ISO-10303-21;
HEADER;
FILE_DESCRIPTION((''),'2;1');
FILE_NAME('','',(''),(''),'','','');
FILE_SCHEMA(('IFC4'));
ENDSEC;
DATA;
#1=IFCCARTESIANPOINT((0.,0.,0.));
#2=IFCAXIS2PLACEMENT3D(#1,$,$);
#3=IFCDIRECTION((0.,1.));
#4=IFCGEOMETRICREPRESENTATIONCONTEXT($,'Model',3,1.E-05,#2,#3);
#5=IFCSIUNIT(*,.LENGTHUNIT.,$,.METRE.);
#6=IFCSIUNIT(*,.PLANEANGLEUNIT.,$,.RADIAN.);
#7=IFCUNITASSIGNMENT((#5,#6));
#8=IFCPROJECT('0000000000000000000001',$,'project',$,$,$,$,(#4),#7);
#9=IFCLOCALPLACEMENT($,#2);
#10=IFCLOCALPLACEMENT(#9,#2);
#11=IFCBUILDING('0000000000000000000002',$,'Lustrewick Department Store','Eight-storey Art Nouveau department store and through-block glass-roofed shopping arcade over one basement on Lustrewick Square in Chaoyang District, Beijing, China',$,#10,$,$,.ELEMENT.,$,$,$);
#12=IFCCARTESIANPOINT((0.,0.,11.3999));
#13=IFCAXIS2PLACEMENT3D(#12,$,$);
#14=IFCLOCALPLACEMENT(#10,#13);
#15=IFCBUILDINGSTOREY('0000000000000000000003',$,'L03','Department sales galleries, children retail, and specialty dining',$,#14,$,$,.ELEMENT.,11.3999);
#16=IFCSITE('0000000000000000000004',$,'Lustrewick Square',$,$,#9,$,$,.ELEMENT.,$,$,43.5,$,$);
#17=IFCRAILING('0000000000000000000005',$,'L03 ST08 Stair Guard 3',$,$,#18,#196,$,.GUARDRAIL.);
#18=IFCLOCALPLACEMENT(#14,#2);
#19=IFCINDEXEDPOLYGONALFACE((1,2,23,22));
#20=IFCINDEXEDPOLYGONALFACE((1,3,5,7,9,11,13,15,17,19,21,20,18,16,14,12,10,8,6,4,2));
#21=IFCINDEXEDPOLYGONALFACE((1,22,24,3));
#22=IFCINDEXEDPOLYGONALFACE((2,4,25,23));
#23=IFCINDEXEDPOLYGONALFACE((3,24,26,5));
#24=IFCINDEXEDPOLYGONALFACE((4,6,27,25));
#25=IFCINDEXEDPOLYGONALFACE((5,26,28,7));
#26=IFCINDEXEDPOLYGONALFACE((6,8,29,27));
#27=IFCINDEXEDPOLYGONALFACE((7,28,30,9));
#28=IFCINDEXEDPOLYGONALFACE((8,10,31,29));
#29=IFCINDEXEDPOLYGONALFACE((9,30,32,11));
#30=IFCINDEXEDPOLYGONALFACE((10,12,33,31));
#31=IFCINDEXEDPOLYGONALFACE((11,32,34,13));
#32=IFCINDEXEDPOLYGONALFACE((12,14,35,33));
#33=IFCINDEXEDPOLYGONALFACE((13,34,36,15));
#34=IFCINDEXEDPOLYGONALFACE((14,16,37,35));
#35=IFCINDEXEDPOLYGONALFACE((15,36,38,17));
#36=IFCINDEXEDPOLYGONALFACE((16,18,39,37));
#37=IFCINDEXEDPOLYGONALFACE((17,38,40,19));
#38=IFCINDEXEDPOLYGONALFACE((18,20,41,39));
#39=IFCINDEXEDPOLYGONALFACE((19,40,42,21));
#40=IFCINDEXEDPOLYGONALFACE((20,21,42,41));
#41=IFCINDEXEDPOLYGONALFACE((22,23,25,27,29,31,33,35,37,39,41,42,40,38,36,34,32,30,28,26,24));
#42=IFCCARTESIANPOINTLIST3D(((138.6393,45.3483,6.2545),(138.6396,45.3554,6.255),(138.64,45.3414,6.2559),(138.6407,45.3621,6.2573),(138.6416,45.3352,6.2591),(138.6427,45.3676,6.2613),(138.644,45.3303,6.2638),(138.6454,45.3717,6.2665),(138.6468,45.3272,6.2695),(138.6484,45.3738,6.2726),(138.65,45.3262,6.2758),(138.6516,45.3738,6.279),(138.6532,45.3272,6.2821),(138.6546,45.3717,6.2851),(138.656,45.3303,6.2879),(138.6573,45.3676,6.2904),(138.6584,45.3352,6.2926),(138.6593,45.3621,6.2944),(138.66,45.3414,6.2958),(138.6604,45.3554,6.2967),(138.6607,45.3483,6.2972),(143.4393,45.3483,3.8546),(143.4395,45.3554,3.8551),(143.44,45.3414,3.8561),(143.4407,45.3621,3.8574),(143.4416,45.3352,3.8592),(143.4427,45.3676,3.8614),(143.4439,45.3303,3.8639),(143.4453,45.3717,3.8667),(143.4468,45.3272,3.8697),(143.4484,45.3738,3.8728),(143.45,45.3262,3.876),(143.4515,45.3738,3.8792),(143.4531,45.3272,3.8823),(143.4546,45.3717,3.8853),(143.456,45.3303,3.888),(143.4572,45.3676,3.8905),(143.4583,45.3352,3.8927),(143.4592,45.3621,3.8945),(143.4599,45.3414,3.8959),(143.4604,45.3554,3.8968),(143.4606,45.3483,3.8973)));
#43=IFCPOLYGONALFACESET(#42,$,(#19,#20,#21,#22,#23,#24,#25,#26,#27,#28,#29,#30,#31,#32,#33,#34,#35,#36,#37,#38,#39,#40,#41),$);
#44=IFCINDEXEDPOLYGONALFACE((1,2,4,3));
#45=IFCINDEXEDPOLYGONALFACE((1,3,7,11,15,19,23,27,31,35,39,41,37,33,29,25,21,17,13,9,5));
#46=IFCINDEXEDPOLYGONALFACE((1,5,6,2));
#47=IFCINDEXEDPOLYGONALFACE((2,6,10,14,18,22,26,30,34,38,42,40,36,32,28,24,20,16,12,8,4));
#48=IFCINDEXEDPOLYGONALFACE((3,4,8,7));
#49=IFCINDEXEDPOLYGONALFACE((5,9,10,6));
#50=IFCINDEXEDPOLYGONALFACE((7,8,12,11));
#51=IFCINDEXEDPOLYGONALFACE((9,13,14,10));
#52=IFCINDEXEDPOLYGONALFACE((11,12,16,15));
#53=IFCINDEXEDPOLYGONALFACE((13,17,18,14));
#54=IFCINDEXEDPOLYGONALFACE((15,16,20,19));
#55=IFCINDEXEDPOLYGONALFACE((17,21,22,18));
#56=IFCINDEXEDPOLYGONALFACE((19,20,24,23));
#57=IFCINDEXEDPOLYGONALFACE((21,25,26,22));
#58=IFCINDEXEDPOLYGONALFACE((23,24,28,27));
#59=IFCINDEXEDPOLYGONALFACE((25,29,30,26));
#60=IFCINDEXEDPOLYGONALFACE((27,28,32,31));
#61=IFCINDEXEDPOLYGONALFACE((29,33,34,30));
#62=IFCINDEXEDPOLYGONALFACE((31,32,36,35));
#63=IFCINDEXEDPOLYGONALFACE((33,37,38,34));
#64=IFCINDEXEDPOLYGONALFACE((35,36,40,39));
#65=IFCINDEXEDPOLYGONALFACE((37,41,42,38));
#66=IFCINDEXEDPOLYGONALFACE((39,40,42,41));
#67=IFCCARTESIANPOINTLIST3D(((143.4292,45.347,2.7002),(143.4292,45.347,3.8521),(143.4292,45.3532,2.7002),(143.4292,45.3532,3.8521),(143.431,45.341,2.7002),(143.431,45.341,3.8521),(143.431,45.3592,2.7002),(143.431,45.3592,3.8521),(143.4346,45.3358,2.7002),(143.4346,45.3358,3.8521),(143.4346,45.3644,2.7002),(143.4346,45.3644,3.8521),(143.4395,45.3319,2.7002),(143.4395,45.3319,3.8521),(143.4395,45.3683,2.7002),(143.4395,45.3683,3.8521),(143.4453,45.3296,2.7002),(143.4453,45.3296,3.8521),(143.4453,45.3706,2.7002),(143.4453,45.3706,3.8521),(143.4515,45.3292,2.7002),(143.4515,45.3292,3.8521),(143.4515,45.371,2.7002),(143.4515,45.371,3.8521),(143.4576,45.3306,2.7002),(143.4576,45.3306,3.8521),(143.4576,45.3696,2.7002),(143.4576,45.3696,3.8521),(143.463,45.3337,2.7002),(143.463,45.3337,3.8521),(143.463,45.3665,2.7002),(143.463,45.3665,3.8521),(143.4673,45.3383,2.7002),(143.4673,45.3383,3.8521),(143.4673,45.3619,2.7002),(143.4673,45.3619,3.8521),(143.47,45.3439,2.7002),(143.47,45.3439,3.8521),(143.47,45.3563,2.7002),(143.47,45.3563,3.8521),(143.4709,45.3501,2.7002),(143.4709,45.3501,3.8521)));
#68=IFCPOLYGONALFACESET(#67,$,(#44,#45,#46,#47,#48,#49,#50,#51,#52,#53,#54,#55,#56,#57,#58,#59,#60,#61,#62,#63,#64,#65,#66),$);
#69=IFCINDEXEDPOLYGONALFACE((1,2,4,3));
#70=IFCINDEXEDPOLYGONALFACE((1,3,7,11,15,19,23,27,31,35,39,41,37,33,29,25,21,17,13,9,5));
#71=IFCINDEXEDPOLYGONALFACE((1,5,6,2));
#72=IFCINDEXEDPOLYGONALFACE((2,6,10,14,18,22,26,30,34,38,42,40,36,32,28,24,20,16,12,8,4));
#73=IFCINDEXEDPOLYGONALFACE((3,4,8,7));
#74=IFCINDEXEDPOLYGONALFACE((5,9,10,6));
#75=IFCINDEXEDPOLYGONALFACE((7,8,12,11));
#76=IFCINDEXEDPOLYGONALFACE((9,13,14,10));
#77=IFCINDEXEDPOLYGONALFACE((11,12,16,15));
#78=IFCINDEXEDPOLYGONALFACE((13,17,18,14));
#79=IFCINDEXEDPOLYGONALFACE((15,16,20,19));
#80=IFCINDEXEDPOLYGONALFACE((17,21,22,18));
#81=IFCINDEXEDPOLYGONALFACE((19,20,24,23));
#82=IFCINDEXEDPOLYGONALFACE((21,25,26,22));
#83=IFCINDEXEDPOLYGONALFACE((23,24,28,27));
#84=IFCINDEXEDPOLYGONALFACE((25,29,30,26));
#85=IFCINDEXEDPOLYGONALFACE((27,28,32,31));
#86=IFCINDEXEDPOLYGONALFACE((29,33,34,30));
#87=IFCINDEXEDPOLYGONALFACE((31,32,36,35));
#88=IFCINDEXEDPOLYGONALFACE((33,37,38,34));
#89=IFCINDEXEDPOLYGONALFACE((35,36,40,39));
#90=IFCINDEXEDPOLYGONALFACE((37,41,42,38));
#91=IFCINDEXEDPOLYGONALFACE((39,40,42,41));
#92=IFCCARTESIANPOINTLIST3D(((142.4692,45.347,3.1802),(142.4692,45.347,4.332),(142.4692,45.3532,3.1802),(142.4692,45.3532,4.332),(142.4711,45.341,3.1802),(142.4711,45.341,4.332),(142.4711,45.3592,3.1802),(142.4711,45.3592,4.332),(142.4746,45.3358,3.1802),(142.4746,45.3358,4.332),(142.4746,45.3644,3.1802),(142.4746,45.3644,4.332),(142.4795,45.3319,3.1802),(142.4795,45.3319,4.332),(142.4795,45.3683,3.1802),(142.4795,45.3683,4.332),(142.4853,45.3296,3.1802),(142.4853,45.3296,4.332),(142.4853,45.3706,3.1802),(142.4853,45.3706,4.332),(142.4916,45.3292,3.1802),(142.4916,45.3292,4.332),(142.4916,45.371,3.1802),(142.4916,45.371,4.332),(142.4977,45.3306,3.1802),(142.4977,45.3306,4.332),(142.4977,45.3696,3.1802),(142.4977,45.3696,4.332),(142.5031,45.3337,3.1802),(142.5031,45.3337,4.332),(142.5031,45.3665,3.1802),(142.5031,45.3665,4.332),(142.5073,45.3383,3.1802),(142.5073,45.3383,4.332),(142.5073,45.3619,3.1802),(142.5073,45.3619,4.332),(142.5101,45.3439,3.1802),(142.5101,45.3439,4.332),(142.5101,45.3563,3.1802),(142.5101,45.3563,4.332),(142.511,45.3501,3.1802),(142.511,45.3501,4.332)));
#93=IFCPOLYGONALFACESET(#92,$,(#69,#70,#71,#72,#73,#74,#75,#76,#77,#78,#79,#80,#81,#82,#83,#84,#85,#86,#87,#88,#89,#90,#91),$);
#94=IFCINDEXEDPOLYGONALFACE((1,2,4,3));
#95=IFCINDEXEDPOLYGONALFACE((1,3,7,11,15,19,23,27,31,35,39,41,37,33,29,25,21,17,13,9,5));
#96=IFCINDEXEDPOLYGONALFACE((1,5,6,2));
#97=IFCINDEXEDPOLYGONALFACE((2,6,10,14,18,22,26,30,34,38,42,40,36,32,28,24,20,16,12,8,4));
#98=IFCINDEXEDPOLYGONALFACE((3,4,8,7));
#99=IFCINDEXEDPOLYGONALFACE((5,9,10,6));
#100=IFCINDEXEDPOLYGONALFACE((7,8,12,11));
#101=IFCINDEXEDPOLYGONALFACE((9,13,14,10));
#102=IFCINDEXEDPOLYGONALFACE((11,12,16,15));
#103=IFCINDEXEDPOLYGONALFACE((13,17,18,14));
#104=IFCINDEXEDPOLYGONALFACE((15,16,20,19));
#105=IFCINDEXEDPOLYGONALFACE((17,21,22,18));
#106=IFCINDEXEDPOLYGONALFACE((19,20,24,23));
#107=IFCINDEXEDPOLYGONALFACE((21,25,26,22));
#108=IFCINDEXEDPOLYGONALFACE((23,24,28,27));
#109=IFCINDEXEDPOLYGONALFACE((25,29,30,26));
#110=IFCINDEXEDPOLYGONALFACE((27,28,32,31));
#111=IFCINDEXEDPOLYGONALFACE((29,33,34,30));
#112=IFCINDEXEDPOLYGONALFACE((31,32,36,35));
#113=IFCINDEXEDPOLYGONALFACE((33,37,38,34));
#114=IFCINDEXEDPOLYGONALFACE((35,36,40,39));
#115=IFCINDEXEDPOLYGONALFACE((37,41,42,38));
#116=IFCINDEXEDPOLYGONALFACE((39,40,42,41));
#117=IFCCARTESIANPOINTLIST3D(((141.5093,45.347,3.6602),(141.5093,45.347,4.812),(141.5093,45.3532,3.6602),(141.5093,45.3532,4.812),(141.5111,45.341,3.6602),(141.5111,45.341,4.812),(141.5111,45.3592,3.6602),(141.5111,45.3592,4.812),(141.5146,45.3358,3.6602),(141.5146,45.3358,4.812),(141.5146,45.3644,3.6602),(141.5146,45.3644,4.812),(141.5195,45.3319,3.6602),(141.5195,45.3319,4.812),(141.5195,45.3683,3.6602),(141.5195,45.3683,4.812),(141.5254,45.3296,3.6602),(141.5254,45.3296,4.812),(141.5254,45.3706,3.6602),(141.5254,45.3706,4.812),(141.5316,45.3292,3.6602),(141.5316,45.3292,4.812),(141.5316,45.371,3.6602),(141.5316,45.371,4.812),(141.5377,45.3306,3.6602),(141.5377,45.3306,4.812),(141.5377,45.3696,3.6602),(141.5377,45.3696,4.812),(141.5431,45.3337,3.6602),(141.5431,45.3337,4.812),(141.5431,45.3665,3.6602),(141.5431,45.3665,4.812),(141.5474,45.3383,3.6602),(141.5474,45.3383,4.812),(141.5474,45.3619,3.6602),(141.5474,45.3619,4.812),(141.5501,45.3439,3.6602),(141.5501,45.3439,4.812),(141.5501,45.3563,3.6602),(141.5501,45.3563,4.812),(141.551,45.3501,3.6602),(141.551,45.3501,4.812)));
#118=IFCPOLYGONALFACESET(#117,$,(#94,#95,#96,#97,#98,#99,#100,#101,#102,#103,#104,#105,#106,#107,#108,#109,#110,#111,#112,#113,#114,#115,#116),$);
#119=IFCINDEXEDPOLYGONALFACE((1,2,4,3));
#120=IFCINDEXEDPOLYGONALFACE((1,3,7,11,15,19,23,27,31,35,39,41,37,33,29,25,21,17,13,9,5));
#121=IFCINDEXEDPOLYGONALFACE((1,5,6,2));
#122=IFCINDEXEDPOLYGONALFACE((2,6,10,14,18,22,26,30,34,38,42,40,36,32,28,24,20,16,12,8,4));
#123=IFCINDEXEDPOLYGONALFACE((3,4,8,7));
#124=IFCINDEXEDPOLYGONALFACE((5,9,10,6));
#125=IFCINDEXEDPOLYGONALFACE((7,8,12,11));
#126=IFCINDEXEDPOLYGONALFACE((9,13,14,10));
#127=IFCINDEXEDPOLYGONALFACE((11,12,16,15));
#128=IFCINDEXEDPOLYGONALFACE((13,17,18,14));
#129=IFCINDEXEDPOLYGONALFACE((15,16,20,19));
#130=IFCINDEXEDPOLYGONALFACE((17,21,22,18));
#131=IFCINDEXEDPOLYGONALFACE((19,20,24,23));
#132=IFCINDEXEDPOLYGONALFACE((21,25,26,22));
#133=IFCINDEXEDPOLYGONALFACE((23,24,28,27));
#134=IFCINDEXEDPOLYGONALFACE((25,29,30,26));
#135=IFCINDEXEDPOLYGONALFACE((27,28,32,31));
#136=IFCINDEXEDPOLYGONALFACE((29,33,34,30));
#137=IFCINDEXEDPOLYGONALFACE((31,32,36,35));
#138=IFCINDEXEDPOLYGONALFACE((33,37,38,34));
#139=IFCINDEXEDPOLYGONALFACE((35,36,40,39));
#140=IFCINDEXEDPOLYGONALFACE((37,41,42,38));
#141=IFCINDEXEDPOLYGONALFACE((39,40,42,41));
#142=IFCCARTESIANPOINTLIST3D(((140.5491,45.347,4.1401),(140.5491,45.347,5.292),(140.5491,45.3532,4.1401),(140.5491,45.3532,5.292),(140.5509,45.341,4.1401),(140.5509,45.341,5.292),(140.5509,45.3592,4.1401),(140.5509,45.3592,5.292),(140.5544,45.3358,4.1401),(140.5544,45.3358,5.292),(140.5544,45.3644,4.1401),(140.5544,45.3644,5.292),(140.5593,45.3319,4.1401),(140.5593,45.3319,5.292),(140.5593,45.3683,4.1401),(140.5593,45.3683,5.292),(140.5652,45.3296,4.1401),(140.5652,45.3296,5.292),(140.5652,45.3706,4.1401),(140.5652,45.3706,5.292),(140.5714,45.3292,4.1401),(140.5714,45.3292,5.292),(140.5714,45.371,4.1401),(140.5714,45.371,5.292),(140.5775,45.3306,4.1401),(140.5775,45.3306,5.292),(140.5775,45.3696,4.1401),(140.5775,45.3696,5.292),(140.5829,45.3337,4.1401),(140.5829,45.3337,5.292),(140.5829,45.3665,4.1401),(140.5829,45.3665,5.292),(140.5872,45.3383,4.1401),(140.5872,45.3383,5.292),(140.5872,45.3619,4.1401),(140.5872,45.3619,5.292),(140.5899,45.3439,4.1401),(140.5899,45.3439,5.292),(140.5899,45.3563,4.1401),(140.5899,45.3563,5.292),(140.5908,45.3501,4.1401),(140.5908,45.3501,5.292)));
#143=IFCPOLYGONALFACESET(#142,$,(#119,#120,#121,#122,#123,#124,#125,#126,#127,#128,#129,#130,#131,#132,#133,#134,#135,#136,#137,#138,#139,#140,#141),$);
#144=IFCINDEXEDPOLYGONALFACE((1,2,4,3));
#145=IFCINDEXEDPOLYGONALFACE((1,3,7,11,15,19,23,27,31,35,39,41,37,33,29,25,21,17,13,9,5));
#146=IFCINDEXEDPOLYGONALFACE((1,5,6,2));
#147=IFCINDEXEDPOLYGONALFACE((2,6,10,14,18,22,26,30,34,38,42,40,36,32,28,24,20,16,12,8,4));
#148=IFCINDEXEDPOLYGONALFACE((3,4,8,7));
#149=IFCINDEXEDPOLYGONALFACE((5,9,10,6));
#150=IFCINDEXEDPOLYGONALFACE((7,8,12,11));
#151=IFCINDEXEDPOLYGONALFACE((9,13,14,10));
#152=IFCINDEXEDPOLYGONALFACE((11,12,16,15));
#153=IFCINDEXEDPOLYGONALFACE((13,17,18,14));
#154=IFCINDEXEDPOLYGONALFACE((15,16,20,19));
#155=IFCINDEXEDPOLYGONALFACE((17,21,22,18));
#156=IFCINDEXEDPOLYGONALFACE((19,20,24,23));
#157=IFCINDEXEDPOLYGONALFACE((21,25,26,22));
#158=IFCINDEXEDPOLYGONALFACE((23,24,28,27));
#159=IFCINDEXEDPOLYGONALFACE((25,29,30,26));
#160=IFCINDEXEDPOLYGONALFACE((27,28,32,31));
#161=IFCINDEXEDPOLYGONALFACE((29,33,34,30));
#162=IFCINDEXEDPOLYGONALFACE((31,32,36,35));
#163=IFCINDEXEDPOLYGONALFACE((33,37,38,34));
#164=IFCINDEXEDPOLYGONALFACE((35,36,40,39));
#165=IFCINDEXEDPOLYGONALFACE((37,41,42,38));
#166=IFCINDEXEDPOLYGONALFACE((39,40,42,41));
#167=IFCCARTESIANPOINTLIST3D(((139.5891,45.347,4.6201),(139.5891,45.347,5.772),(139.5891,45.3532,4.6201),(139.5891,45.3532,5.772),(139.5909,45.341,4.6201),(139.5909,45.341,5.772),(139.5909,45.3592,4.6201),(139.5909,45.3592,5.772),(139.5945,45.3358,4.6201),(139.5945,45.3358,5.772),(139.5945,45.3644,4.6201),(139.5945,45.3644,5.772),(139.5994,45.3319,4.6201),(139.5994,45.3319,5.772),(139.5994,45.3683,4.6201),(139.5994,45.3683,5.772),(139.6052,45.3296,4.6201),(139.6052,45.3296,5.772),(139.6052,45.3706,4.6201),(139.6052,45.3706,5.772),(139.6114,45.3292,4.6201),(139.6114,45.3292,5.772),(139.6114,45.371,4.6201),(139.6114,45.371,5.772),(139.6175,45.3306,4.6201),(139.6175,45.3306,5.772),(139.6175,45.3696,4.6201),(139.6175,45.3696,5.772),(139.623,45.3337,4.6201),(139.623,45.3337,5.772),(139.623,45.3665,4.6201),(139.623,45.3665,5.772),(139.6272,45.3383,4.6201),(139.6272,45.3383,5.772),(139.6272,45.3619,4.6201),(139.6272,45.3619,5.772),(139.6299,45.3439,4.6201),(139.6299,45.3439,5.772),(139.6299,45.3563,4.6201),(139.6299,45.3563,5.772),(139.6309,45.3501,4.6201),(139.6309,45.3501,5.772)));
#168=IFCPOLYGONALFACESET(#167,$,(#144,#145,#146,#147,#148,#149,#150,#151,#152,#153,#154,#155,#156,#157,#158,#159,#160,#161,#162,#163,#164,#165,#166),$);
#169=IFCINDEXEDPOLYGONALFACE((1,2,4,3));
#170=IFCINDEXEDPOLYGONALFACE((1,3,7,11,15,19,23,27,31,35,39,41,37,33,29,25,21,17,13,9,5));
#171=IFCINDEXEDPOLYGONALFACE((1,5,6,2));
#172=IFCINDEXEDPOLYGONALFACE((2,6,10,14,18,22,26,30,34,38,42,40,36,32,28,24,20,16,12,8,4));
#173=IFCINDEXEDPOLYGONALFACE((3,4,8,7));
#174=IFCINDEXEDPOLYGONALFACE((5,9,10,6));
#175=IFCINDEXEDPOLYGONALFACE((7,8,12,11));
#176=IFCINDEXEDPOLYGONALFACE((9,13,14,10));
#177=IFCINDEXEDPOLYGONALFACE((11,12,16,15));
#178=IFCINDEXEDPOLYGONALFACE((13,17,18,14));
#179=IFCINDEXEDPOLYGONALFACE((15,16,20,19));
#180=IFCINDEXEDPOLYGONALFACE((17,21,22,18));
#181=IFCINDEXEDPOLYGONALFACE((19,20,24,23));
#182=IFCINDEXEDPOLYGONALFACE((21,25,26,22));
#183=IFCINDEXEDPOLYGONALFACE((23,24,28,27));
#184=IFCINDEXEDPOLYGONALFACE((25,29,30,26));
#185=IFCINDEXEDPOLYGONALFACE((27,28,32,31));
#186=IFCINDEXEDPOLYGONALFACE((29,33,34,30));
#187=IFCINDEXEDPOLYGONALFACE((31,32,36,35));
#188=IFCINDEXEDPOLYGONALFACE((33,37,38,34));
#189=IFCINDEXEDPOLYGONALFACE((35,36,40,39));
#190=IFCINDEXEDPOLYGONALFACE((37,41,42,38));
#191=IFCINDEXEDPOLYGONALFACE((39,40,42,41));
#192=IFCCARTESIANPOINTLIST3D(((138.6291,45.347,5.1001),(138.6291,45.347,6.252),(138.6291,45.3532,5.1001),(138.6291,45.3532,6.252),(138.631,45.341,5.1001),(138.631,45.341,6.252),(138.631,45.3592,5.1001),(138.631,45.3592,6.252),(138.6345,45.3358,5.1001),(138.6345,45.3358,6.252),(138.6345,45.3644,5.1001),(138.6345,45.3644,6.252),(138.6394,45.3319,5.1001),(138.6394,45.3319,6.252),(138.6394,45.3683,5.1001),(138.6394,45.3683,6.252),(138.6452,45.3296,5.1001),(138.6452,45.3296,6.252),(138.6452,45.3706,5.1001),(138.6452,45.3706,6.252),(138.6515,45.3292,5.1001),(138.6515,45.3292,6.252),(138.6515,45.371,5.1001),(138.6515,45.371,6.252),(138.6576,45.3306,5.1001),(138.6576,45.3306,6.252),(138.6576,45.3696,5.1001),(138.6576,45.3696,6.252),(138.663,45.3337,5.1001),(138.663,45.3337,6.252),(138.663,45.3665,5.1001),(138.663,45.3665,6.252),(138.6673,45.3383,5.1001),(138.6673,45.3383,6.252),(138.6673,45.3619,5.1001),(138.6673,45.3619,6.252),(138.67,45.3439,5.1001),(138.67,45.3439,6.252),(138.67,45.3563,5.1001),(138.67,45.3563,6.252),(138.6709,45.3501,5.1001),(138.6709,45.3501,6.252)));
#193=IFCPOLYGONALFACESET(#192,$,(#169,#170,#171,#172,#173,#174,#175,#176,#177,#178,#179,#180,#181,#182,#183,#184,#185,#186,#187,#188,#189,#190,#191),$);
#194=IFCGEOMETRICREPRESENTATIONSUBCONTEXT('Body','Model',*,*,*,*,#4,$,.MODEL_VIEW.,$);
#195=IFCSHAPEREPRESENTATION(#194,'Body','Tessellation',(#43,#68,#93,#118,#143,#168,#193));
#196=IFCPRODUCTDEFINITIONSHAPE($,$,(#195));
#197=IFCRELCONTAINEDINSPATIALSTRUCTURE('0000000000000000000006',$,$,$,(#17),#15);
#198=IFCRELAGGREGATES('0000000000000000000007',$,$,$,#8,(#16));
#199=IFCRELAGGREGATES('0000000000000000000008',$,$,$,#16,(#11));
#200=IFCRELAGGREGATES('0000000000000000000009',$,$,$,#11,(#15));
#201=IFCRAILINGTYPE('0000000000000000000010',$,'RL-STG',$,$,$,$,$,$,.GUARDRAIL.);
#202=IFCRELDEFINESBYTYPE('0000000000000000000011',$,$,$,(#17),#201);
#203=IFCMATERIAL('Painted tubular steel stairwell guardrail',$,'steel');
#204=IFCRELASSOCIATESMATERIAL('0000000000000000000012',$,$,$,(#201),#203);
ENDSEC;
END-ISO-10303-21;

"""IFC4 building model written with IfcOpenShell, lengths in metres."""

from ifc_helpers import new_model, si_unit, direction, frame, origin, origin_2d, place, context, subcontext, project, spatial, circle, extrude, material, type_object, element, save


model = new_model("IFC4")

# Units and contexts
model_context = context("Model", 3, precision=1e-05, world=origin(), true_north=direction((0.0, 1.0)))
body_context = subcontext(model_context, "Body", "Model", "MODEL_VIEW")
ifc_project = project(units=[si_unit("LENGTHUNIT", "METRE"), si_unit("PLANEANGLEUNIT", "RADIAN")], contexts=[model_context])

# Site, building, storey
site_placement = place(None, origin())
site = spatial("IfcSite", under=ifc_project, at=site_placement, Name="Lustrewick Square", CompositionType="ELEMENT", RefElevation=43.5)
building_placement = place(site_placement, origin())
building = spatial("IfcBuilding", under=site, at=building_placement, Name="Lustrewick Department Store", Description="Eight-storey Art Nouveau department store and through-block glass-roofed shopping arcade over one basement on Lustrewick Square in Chaoyang District, Beijing, China", CompositionType="ELEMENT")
storey_placement = place(building_placement, frame((0.0, 0.0, 11.3999)))
storey = spatial("IfcBuildingStorey", under=building, at=storey_placement, Name="L03", Description="Department sales galleries, children retail, and specialty dining", CompositionType="ELEMENT", Elevation=11.3999)

# Railing
ifc_material_1 = material(Name="Painted tubular steel stairwell guardrail", Category="steel")
railing_type_1 = type_object("IfcRailingType", Name="RL-STG", PredefinedType="GUARDRAIL", material=ifc_material_1)
railing_1_placement = place(storey_placement, frame((143.45, 45.3501, 2.7002)))
element("IfcRailing", 1, at=railing_1_placement, inside=storey, type_object=railing_type_1, Name="L03 ST08 Stair Guard 3", PredefinedType="GUARDRAIL", context=body_context, shape_type="SweptSolid", body=[
    extrude(circle(Radius=0.0239, at=origin_2d()), frame((0.0, 0.0, 1.1758), z_axis=(-0.894436, 0.0, 0.447195), x_axis=(0.0, -1.0, 0.0)), (0.0, 0.0, 1.0), 5.3665),
    extrude(circle(Radius=0.021, at=origin_2d()), origin(), (0.0, 0.0, 1.0), 1.1519),
    extrude(circle(Radius=0.021, at=origin_2d()), frame((-0.96, 0.0, 0.48)), (0.0, 0.0, 1.0), 1.1519),
    extrude(circle(Radius=0.021, at=origin_2d()), frame((-1.9199, 0.0, 0.96)), (0.0, 0.0, 1.0), 1.1519),
    extrude(circle(Radius=0.021, at=origin_2d()), frame((-2.8801, 0.0, 1.4399)), (0.0, 0.0, 1.0), 1.1519),
    extrude(circle(Radius=0.021, at=origin_2d()), frame((-3.8401, 0.0, 1.9199)), (0.0, 0.0, 1.0), 1.1519),
    extrude(circle(Radius=0.021, at=origin_2d()), frame((-4.8, 0.0, 2.3999)), (0.0, 0.0, 1.0), 1.1519),
])

save(model, "model.ifc")
